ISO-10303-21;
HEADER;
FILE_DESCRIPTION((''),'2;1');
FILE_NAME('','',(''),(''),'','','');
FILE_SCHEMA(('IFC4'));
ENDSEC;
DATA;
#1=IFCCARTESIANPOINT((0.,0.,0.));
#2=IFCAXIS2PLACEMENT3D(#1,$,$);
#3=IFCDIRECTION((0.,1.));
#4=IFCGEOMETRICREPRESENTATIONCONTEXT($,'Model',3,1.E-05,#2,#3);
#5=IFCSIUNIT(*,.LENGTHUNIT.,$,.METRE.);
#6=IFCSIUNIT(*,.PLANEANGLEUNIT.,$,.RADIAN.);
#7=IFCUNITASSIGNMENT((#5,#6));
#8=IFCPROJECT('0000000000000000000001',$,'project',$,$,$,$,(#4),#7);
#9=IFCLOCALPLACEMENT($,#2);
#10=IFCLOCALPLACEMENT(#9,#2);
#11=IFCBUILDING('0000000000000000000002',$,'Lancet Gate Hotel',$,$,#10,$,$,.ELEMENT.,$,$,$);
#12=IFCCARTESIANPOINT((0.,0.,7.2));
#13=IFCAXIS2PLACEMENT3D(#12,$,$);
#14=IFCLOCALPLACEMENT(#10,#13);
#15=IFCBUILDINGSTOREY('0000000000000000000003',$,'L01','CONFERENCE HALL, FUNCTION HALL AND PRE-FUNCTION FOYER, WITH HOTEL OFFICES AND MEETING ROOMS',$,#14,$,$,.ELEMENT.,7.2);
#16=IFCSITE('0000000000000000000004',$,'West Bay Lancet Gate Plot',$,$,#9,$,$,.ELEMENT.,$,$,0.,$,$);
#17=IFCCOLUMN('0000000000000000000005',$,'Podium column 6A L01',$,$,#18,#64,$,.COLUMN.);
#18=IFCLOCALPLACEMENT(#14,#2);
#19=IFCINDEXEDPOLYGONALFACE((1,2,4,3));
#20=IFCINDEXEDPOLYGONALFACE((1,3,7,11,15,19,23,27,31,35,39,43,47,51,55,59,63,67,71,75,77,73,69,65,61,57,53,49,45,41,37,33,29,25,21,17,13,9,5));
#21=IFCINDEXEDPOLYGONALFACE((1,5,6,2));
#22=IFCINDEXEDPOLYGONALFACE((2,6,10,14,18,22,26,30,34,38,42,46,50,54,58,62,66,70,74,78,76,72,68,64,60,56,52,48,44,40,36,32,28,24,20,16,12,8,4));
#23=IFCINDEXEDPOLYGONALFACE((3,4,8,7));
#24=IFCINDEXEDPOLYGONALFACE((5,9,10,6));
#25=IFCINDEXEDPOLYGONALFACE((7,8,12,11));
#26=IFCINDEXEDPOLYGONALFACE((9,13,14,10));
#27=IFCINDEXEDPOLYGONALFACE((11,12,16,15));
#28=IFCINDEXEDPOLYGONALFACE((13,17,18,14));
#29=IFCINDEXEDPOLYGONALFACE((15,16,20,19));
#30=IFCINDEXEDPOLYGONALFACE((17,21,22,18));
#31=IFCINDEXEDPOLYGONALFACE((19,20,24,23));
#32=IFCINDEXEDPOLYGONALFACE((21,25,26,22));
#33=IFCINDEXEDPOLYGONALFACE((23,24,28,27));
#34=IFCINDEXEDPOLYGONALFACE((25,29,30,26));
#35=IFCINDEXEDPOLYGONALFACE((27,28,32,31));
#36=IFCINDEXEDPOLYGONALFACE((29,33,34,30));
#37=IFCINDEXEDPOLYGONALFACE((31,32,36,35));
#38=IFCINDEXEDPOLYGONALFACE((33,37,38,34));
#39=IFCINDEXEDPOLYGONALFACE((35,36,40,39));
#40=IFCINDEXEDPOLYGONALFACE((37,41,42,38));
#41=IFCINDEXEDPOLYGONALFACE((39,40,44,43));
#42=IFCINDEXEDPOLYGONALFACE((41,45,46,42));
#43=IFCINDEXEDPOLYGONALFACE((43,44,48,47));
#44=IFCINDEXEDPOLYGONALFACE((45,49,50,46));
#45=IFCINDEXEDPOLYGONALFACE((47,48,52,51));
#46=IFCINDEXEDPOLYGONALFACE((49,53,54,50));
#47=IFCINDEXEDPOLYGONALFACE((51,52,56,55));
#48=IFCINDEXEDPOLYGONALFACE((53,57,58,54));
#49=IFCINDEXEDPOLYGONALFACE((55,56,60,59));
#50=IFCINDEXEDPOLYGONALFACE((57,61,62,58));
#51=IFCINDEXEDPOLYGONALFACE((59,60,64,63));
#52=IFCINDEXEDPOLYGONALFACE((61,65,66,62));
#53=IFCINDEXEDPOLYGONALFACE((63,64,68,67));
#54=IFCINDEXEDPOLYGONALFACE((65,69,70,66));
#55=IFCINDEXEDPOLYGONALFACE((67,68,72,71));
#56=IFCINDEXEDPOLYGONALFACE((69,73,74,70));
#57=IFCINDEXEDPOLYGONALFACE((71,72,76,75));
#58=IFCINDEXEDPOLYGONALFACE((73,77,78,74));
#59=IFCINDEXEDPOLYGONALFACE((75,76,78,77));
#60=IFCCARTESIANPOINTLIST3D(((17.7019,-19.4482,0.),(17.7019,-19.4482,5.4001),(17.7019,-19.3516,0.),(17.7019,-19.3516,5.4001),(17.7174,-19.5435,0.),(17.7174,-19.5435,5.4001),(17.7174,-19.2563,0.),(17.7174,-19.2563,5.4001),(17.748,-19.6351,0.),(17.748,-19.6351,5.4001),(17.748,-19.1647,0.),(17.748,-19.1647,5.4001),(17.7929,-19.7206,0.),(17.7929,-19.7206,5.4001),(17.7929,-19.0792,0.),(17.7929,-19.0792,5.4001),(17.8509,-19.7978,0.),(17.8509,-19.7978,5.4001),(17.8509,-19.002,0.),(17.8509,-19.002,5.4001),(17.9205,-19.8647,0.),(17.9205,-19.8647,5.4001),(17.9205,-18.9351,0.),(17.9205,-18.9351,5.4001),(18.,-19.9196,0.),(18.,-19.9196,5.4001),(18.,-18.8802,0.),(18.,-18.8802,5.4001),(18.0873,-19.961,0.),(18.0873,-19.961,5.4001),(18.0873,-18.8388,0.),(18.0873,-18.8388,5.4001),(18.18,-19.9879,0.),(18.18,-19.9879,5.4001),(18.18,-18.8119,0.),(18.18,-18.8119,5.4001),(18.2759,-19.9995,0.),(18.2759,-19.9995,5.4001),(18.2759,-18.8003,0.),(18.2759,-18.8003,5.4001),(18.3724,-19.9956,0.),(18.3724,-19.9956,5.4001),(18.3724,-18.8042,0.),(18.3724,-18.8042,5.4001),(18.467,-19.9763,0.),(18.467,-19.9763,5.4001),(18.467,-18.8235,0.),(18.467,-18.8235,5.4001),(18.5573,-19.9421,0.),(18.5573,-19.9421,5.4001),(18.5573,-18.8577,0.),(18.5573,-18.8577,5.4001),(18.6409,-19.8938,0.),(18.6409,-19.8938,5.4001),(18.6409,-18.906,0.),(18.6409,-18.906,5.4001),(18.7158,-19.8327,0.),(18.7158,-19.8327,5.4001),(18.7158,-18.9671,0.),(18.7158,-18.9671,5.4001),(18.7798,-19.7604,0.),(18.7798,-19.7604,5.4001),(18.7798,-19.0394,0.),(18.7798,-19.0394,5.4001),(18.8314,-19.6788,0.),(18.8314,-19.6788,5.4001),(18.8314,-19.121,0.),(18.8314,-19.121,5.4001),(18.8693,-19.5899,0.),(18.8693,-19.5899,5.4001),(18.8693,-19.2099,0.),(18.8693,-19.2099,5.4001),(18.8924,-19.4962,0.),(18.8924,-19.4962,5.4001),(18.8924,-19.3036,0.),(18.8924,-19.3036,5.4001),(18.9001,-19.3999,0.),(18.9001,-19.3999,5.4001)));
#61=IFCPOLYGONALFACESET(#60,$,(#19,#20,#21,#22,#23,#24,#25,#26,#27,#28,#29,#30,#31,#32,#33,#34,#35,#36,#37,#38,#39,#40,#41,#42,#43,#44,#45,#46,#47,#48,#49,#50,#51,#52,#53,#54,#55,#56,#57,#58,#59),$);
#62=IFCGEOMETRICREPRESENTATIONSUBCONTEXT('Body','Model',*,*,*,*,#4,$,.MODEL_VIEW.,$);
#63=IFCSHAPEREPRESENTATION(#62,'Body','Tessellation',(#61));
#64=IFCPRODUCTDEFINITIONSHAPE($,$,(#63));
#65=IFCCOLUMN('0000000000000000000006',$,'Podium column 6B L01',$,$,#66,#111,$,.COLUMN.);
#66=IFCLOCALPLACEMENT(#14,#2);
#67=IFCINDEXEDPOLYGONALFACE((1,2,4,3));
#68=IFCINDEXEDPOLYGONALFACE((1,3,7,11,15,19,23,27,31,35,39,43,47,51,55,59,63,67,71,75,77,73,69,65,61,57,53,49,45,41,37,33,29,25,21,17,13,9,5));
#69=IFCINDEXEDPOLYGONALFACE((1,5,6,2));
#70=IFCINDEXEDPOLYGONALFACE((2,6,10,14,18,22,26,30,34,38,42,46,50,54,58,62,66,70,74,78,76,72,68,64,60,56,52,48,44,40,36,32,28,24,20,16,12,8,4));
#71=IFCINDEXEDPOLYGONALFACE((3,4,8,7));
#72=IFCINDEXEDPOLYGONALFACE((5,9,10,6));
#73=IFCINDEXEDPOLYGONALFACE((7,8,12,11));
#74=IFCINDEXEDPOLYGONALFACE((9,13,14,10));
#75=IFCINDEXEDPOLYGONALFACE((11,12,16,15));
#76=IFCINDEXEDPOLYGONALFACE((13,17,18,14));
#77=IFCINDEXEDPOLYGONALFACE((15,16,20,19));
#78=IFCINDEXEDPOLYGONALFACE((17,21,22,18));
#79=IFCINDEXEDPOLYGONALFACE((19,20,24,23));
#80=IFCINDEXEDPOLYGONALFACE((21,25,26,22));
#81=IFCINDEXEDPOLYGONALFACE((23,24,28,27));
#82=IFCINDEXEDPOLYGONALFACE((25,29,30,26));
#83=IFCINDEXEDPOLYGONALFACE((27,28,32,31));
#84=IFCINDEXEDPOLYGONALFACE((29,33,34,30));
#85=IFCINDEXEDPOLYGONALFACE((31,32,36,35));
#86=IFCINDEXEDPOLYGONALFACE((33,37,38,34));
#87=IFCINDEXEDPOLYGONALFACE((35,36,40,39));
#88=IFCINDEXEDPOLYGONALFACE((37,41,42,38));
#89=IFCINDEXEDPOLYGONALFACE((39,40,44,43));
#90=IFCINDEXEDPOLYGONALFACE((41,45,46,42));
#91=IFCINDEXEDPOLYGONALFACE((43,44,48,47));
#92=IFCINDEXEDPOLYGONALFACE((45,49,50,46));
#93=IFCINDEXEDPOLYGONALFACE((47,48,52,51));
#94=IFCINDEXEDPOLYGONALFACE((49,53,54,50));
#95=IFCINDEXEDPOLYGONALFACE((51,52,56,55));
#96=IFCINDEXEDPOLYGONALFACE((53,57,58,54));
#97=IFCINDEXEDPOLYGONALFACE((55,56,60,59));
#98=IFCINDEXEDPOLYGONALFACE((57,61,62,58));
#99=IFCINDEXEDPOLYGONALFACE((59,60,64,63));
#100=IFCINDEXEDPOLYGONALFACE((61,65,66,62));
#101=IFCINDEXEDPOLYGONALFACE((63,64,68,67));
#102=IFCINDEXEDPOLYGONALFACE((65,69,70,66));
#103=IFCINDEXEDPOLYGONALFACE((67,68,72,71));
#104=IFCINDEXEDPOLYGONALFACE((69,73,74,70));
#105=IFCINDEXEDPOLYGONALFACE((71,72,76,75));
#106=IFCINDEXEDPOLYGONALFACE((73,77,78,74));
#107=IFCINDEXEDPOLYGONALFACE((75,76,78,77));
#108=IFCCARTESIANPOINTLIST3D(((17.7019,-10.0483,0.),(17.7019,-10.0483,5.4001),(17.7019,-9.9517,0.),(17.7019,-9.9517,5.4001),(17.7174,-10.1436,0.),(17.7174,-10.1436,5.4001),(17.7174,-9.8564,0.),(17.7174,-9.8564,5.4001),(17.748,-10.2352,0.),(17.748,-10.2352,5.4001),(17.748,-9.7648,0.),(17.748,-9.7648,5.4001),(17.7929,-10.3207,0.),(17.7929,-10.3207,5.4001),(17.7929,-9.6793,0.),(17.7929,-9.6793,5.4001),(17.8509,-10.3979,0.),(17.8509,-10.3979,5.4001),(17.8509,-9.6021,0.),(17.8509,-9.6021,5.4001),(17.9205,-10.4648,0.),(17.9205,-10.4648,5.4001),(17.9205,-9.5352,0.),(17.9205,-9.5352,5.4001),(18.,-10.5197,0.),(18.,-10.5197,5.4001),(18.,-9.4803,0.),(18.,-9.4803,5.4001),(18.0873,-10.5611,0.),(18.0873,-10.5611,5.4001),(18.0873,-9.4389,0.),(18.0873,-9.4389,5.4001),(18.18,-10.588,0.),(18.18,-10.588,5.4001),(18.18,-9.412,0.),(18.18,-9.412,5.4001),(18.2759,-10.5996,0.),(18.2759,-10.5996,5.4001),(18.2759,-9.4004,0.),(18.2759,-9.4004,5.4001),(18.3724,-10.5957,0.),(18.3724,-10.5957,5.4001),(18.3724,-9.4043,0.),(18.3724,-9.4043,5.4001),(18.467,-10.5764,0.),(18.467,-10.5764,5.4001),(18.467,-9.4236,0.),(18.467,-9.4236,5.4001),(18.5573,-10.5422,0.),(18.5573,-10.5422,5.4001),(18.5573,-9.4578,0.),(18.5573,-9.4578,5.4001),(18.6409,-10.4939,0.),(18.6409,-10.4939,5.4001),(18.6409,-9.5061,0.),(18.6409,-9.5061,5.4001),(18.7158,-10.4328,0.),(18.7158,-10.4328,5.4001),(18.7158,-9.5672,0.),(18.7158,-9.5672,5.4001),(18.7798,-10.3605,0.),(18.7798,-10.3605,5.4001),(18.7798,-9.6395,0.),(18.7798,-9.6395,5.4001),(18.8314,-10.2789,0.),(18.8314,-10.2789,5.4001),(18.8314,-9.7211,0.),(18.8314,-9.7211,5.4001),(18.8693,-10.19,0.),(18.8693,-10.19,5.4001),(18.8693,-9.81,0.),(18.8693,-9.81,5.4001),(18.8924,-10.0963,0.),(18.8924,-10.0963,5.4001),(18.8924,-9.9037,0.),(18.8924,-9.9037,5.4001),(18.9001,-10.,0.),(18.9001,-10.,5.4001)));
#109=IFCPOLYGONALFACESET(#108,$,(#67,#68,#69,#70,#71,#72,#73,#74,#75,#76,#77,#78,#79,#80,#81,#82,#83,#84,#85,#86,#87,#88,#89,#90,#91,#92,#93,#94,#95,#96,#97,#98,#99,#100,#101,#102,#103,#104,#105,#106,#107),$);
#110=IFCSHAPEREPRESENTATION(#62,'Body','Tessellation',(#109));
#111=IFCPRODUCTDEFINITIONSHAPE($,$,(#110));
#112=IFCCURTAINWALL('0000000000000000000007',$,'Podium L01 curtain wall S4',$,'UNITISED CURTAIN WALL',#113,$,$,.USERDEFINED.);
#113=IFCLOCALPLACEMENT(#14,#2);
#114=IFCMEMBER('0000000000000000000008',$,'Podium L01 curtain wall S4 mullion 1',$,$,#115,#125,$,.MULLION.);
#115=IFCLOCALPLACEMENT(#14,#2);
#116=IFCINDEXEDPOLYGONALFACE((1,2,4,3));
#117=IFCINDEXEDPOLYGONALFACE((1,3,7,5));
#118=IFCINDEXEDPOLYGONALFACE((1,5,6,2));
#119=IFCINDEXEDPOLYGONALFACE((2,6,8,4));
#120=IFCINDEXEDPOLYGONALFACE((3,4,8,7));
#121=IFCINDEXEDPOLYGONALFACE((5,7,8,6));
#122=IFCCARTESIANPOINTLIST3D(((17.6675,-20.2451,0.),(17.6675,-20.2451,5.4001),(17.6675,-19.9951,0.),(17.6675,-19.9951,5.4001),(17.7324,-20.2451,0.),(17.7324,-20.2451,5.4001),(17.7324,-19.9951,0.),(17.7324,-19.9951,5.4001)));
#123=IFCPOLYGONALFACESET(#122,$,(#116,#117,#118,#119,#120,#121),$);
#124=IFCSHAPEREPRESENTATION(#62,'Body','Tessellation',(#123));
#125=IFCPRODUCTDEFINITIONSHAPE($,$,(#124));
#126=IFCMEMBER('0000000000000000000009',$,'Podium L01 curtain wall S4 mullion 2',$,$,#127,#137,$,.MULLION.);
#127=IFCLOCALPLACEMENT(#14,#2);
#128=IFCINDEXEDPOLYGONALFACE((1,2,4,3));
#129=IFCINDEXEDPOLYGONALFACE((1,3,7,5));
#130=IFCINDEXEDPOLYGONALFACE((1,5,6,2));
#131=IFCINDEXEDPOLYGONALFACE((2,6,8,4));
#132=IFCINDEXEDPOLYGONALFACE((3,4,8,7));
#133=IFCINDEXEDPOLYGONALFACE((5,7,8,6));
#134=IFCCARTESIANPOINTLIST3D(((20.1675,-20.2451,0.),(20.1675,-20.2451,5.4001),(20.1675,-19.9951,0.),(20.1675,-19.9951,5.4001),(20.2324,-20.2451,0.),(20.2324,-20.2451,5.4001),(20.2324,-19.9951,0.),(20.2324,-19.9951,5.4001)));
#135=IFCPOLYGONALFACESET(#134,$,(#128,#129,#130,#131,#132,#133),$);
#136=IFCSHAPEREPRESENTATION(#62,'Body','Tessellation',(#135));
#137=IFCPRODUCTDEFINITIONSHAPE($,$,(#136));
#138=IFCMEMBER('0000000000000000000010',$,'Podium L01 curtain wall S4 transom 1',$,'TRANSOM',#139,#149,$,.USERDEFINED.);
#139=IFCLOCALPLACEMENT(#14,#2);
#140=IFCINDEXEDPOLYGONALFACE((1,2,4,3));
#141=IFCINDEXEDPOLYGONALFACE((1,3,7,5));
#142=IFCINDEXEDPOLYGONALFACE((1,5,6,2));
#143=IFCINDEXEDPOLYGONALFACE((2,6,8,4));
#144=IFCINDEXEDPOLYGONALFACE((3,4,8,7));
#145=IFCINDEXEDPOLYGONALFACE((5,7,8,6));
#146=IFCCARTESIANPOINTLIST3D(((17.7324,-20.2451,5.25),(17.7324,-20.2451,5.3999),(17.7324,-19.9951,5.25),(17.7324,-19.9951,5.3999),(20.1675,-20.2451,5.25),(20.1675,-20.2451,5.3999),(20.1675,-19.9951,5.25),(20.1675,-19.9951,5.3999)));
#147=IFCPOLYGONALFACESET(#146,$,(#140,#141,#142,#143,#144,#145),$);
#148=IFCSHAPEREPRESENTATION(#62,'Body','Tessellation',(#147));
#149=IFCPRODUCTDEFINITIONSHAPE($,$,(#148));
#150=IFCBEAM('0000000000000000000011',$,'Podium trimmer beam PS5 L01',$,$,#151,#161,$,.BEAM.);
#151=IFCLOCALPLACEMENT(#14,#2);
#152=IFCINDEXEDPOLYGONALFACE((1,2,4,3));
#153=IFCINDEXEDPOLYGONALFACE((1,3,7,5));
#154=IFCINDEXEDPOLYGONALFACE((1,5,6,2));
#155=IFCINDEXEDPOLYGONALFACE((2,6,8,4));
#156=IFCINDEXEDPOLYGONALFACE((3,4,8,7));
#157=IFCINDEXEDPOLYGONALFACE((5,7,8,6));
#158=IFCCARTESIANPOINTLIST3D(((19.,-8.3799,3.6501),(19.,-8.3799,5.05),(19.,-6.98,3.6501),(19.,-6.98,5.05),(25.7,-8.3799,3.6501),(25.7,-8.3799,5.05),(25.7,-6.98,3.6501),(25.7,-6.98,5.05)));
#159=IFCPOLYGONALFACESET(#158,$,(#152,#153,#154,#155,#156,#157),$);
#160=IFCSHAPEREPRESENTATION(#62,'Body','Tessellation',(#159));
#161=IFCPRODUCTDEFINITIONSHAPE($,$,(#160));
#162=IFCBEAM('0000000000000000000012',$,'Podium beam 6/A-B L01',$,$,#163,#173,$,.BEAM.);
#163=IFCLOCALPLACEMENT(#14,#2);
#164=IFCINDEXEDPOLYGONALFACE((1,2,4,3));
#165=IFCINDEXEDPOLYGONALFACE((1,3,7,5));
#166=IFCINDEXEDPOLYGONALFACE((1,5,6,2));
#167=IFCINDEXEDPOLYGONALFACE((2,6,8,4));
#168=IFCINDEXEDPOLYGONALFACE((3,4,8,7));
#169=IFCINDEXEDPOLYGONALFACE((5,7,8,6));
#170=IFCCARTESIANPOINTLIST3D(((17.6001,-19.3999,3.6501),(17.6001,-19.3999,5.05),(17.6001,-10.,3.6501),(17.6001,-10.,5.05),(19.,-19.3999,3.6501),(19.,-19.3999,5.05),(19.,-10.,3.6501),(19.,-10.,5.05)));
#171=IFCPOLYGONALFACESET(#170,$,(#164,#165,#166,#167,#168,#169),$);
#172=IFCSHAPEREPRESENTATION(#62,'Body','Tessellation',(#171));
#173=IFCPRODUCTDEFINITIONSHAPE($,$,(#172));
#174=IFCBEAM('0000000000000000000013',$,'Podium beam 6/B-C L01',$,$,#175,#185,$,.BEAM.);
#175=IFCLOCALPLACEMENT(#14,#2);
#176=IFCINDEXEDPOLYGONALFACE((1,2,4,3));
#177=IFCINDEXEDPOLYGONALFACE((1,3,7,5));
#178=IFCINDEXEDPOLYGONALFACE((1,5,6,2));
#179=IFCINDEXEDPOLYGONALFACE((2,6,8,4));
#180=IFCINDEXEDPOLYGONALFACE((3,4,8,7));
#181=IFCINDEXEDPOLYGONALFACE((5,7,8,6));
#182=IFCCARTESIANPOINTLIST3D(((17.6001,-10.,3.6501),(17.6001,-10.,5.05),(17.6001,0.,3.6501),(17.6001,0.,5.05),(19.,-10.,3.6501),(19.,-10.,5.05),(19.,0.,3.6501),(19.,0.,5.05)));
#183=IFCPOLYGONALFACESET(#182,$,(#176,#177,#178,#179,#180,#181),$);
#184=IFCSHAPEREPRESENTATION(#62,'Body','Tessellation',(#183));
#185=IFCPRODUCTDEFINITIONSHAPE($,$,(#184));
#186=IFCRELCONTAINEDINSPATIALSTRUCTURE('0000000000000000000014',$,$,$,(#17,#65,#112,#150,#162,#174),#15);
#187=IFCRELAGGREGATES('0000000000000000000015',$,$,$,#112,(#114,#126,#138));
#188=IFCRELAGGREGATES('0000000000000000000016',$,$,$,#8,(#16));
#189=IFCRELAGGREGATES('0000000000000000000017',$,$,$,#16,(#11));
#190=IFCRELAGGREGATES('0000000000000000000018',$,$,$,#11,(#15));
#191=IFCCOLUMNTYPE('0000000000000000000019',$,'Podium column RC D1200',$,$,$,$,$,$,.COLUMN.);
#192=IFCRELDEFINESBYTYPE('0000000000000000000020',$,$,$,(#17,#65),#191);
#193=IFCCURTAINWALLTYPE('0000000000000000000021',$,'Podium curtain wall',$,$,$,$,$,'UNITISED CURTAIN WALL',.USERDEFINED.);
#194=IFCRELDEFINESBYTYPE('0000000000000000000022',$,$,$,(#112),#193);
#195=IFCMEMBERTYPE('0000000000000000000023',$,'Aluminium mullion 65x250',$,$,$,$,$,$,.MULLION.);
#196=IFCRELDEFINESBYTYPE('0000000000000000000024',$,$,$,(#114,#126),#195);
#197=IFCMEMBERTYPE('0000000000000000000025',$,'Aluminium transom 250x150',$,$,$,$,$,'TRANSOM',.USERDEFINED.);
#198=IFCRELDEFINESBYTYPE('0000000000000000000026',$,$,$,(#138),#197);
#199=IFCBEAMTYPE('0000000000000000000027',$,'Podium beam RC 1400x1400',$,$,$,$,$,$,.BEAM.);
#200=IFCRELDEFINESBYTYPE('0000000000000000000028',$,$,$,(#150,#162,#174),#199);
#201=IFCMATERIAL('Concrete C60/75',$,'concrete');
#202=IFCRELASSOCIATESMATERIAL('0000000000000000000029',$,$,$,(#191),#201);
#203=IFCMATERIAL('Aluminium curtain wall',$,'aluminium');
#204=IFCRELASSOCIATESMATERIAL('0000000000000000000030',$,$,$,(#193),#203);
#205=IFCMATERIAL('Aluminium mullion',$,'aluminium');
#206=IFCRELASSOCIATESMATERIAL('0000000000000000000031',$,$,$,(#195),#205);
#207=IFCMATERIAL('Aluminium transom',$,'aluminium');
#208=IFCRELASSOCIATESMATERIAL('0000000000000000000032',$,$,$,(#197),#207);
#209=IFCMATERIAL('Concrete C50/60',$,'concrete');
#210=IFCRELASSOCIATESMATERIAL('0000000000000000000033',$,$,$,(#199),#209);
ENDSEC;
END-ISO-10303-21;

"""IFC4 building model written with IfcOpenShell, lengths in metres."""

from ifc_helpers import new_model, si_unit, direction, frame, origin, origin_2d, place, context, subcontext, project, spatial, rectangle, circle, extrude, material, material_profile, profile_set, type_object, element, aggregate, save


model = new_model("IFC4")

# Units and contexts
model_context = context("Model", 3, precision=1e-05, world=origin(), true_north=direction((0.0, 1.0)))
body_context = subcontext(model_context, "Body", "Model", "MODEL_VIEW")
ifc_project = project(units=[si_unit("LENGTHUNIT", "METRE"), si_unit("PLANEANGLEUNIT", "RADIAN")], contexts=[model_context])

# Site, building, storey
site_placement = place(None, origin())
site = spatial("IfcSite", under=ifc_project, at=site_placement, Name="West Bay Lancet Gate Plot", CompositionType="ELEMENT", RefElevation=0.0)
building_placement = place(site_placement, origin())
building = spatial("IfcBuilding", under=site, at=building_placement, Name="Lancet Gate Hotel", CompositionType="ELEMENT")
storey_placement = place(building_placement, frame((0.0, 0.0, 7.2)))
storey = spatial("IfcBuildingStorey", under=building, at=storey_placement, Name="L01", Description="CONFERENCE HALL, FUNCTION HALL AND PRE-FUNCTION FOYER, WITH HOTEL OFFICES AND MEETING ROOMS", CompositionType="ELEMENT", Elevation=7.2)

# Columns
ifc_material_1 = material(Name="Concrete C60/75", Category="concrete")
ifc_material_profile_1 = material_profile(ifc_material_1, circle(Radius=0.6001, at=origin_2d()), Name="RC D1200")
ifc_profile_set_1 = profile_set([ifc_material_profile_1], Name="Concrete C60/75")
column_type = type_object("IfcColumnType", Name="Podium column RC D1200", PredefinedType="COLUMN", material=ifc_profile_set_1)
for number, where, z_axis, x_axis, name in (
    (1, (18.3, -19.3999, 0.0), (0.0, 0.0, 1.0), (1.0, 0.0, 0.0), "Podium column 6A L01"),
    (2, (18.3, -10.0, 0.0), (0.0, 0.0, 1.0), (1.0, 0.0, 0.0), "Podium column 6B L01"),
):
    element("IfcColumn", number, at=place(storey_placement, frame(where, z_axis=z_axis, x_axis=x_axis)), inside=storey, type_object=column_type, Name=name, PredefinedType="COLUMN", context=body_context, shape_type="SweptSolid", body=[
        extrude(circle(Radius=0.6001, at=origin_2d()), origin(), (0.0, 0.0, 1.0), 5.4001),
    ])

# Curtain wall, members
ifc_material_2 = material(Name="Aluminium curtain wall", Category="aluminium")
curtain_wall_type = type_object("IfcCurtainWallType", Name="Podium curtain wall", ElementType="UNITISED CURTAIN WALL", PredefinedType="USERDEFINED", material=ifc_material_2)
curtain_wall_placement = place(storey_placement, origin())
curtain_wall = element("IfcCurtainWall", 3, at=curtain_wall_placement, inside=storey, type_object=curtain_wall_type, Name="Podium L01 curtain wall S4", ObjectType="UNITISED CURTAIN WALL", PredefinedType="USERDEFINED")
ifc_material_3 = material(Name="Aluminium mullion", Category="aluminium")
ifc_material_profile_2 = material_profile(ifc_material_3, rectangle(XDim=0.0649, YDim=0.25, at=origin_2d()), Name="MULLION 65x250")
ifc_profile_set_2 = profile_set([ifc_material_profile_2], Name="Aluminium mullion")
member_type_1 = type_object("IfcMemberType", Name="Aluminium mullion 65x250", PredefinedType="MULLION", material=ifc_profile_set_2)
member_1_placement = place(storey_placement, frame((17.7, -20.1201, 0.0), z_axis=(0.0, 0.0, 1.0), x_axis=(1.0, 0.0, 0.0)))
member_1 = element("IfcMember", 4, at=member_1_placement, type_object=member_type_1, Name="Podium L01 curtain wall S4 mullion 1", PredefinedType="MULLION", context=body_context, shape_type="SweptSolid", body=[
    extrude(rectangle(XDim=0.0649, YDim=0.25, at=origin_2d()), origin(), (0.0, 0.0, 1.0), 5.4001),
])
member_2_placement = place(storey_placement, frame((20.2, -20.1201, 0.0), z_axis=(0.0, 0.0, 1.0), x_axis=(1.0, 0.0, 0.0)))
member_2 = element("IfcMember", 5, at=member_2_placement, type_object=member_type_1, Name="Podium L01 curtain wall S4 mullion 2", PredefinedType="MULLION", context=body_context, shape_type="SweptSolid", body=[
    extrude(rectangle(XDim=0.0649, YDim=0.25, at=origin_2d()), origin(), (0.0, 0.0, 1.0), 5.4001),
])
ifc_material_4 = material(Name="Aluminium transom", Category="aluminium")
ifc_material_profile_3 = material_profile(ifc_material_4, rectangle(XDim=0.25, YDim=0.1499, at=origin_2d()), Name="TRANSOM 250x150")
ifc_profile_set_3 = profile_set([ifc_material_profile_3], Name="Aluminium transom")
member_type_2 = type_object("IfcMemberType", Name="Aluminium transom 250x150", ElementType="TRANSOM", PredefinedType="USERDEFINED", material=ifc_profile_set_3)
member_3_placement = place(storey_placement, frame((17.7324, -20.1201, 5.325), z_axis=(1.0, 0.0, 0.0), x_axis=(0.0, 1.0, 0.0)))
member_3 = element("IfcMember", 6, at=member_3_placement, type_object=member_type_2, Name="Podium L01 curtain wall S4 transom 1", ObjectType="TRANSOM", PredefinedType="USERDEFINED", context=body_context, shape_type="SweptSolid", body=[
    extrude(rectangle(XDim=0.25, YDim=0.1499, at=origin_2d()), origin(), (0.0, 0.0, 1.0), 2.4351),
])

# Beams
ifc_material_5 = material(Name="Concrete C50/60", Category="concrete")
ifc_material_profile_4 = material_profile(ifc_material_5, rectangle(XDim=1.3999, YDim=1.3999, at=origin_2d()), Name="RC 1400x1400")
ifc_profile_set_4 = profile_set([ifc_material_profile_4], Name="Concrete C50/60")
beam_type_1 = type_object("IfcBeamType", Name="Podium beam RC 1400x1400", PredefinedType="BEAM", material=ifc_profile_set_4)
beam_1_placement = place(storey_placement, frame((19.0, -7.6799, 4.3501), z_axis=(1.0, 0.0, 0.0), x_axis=(0.0, 1.0, 0.0)))
element("IfcBeam", 7, at=beam_1_placement, inside=storey, type_object=beam_type_1, Name="Podium trimmer beam PS5 L01", PredefinedType="BEAM", context=body_context, shape_type="SweptSolid", body=[
    extrude(rectangle(XDim=1.3999, YDim=1.3999, at=origin_2d()), origin(), (0.0, 0.0, 1.0), 6.7),
])
beam_2_placement = place(storey_placement, frame((18.3, -19.3999, 4.3501), z_axis=(0.0, 1.0, 0.0), x_axis=(-1.0, 0.0, 0.0)))
element("IfcBeam", 8, at=beam_2_placement, inside=storey, type_object=beam_type_1, Name="Podium beam 6/A-B L01", PredefinedType="BEAM", context=body_context, shape_type="SweptSolid", body=[
    extrude(rectangle(XDim=1.3999, YDim=1.3999, at=origin_2d()), origin(), (0.0, 0.0, 1.0), 9.3999),
])
beam_3_placement = place(storey_placement, frame((18.3, -10.0, 4.3501), z_axis=(0.0, 1.0, 0.0), x_axis=(-1.0, 0.0, 0.0)))
element("IfcBeam", 9, at=beam_3_placement, inside=storey, type_object=beam_type_1, Name="Podium beam 6/B-C L01", PredefinedType="BEAM", context=body_context, shape_type="SweptSolid", body=[
    extrude(rectangle(XDim=1.3999, YDim=1.3999, at=origin_2d()), origin(), (0.0, 0.0, 1.0), 10.0),
])

aggregate(curtain_wall, [member_1, member_2, member_3])

save(model, "model.ifc")
